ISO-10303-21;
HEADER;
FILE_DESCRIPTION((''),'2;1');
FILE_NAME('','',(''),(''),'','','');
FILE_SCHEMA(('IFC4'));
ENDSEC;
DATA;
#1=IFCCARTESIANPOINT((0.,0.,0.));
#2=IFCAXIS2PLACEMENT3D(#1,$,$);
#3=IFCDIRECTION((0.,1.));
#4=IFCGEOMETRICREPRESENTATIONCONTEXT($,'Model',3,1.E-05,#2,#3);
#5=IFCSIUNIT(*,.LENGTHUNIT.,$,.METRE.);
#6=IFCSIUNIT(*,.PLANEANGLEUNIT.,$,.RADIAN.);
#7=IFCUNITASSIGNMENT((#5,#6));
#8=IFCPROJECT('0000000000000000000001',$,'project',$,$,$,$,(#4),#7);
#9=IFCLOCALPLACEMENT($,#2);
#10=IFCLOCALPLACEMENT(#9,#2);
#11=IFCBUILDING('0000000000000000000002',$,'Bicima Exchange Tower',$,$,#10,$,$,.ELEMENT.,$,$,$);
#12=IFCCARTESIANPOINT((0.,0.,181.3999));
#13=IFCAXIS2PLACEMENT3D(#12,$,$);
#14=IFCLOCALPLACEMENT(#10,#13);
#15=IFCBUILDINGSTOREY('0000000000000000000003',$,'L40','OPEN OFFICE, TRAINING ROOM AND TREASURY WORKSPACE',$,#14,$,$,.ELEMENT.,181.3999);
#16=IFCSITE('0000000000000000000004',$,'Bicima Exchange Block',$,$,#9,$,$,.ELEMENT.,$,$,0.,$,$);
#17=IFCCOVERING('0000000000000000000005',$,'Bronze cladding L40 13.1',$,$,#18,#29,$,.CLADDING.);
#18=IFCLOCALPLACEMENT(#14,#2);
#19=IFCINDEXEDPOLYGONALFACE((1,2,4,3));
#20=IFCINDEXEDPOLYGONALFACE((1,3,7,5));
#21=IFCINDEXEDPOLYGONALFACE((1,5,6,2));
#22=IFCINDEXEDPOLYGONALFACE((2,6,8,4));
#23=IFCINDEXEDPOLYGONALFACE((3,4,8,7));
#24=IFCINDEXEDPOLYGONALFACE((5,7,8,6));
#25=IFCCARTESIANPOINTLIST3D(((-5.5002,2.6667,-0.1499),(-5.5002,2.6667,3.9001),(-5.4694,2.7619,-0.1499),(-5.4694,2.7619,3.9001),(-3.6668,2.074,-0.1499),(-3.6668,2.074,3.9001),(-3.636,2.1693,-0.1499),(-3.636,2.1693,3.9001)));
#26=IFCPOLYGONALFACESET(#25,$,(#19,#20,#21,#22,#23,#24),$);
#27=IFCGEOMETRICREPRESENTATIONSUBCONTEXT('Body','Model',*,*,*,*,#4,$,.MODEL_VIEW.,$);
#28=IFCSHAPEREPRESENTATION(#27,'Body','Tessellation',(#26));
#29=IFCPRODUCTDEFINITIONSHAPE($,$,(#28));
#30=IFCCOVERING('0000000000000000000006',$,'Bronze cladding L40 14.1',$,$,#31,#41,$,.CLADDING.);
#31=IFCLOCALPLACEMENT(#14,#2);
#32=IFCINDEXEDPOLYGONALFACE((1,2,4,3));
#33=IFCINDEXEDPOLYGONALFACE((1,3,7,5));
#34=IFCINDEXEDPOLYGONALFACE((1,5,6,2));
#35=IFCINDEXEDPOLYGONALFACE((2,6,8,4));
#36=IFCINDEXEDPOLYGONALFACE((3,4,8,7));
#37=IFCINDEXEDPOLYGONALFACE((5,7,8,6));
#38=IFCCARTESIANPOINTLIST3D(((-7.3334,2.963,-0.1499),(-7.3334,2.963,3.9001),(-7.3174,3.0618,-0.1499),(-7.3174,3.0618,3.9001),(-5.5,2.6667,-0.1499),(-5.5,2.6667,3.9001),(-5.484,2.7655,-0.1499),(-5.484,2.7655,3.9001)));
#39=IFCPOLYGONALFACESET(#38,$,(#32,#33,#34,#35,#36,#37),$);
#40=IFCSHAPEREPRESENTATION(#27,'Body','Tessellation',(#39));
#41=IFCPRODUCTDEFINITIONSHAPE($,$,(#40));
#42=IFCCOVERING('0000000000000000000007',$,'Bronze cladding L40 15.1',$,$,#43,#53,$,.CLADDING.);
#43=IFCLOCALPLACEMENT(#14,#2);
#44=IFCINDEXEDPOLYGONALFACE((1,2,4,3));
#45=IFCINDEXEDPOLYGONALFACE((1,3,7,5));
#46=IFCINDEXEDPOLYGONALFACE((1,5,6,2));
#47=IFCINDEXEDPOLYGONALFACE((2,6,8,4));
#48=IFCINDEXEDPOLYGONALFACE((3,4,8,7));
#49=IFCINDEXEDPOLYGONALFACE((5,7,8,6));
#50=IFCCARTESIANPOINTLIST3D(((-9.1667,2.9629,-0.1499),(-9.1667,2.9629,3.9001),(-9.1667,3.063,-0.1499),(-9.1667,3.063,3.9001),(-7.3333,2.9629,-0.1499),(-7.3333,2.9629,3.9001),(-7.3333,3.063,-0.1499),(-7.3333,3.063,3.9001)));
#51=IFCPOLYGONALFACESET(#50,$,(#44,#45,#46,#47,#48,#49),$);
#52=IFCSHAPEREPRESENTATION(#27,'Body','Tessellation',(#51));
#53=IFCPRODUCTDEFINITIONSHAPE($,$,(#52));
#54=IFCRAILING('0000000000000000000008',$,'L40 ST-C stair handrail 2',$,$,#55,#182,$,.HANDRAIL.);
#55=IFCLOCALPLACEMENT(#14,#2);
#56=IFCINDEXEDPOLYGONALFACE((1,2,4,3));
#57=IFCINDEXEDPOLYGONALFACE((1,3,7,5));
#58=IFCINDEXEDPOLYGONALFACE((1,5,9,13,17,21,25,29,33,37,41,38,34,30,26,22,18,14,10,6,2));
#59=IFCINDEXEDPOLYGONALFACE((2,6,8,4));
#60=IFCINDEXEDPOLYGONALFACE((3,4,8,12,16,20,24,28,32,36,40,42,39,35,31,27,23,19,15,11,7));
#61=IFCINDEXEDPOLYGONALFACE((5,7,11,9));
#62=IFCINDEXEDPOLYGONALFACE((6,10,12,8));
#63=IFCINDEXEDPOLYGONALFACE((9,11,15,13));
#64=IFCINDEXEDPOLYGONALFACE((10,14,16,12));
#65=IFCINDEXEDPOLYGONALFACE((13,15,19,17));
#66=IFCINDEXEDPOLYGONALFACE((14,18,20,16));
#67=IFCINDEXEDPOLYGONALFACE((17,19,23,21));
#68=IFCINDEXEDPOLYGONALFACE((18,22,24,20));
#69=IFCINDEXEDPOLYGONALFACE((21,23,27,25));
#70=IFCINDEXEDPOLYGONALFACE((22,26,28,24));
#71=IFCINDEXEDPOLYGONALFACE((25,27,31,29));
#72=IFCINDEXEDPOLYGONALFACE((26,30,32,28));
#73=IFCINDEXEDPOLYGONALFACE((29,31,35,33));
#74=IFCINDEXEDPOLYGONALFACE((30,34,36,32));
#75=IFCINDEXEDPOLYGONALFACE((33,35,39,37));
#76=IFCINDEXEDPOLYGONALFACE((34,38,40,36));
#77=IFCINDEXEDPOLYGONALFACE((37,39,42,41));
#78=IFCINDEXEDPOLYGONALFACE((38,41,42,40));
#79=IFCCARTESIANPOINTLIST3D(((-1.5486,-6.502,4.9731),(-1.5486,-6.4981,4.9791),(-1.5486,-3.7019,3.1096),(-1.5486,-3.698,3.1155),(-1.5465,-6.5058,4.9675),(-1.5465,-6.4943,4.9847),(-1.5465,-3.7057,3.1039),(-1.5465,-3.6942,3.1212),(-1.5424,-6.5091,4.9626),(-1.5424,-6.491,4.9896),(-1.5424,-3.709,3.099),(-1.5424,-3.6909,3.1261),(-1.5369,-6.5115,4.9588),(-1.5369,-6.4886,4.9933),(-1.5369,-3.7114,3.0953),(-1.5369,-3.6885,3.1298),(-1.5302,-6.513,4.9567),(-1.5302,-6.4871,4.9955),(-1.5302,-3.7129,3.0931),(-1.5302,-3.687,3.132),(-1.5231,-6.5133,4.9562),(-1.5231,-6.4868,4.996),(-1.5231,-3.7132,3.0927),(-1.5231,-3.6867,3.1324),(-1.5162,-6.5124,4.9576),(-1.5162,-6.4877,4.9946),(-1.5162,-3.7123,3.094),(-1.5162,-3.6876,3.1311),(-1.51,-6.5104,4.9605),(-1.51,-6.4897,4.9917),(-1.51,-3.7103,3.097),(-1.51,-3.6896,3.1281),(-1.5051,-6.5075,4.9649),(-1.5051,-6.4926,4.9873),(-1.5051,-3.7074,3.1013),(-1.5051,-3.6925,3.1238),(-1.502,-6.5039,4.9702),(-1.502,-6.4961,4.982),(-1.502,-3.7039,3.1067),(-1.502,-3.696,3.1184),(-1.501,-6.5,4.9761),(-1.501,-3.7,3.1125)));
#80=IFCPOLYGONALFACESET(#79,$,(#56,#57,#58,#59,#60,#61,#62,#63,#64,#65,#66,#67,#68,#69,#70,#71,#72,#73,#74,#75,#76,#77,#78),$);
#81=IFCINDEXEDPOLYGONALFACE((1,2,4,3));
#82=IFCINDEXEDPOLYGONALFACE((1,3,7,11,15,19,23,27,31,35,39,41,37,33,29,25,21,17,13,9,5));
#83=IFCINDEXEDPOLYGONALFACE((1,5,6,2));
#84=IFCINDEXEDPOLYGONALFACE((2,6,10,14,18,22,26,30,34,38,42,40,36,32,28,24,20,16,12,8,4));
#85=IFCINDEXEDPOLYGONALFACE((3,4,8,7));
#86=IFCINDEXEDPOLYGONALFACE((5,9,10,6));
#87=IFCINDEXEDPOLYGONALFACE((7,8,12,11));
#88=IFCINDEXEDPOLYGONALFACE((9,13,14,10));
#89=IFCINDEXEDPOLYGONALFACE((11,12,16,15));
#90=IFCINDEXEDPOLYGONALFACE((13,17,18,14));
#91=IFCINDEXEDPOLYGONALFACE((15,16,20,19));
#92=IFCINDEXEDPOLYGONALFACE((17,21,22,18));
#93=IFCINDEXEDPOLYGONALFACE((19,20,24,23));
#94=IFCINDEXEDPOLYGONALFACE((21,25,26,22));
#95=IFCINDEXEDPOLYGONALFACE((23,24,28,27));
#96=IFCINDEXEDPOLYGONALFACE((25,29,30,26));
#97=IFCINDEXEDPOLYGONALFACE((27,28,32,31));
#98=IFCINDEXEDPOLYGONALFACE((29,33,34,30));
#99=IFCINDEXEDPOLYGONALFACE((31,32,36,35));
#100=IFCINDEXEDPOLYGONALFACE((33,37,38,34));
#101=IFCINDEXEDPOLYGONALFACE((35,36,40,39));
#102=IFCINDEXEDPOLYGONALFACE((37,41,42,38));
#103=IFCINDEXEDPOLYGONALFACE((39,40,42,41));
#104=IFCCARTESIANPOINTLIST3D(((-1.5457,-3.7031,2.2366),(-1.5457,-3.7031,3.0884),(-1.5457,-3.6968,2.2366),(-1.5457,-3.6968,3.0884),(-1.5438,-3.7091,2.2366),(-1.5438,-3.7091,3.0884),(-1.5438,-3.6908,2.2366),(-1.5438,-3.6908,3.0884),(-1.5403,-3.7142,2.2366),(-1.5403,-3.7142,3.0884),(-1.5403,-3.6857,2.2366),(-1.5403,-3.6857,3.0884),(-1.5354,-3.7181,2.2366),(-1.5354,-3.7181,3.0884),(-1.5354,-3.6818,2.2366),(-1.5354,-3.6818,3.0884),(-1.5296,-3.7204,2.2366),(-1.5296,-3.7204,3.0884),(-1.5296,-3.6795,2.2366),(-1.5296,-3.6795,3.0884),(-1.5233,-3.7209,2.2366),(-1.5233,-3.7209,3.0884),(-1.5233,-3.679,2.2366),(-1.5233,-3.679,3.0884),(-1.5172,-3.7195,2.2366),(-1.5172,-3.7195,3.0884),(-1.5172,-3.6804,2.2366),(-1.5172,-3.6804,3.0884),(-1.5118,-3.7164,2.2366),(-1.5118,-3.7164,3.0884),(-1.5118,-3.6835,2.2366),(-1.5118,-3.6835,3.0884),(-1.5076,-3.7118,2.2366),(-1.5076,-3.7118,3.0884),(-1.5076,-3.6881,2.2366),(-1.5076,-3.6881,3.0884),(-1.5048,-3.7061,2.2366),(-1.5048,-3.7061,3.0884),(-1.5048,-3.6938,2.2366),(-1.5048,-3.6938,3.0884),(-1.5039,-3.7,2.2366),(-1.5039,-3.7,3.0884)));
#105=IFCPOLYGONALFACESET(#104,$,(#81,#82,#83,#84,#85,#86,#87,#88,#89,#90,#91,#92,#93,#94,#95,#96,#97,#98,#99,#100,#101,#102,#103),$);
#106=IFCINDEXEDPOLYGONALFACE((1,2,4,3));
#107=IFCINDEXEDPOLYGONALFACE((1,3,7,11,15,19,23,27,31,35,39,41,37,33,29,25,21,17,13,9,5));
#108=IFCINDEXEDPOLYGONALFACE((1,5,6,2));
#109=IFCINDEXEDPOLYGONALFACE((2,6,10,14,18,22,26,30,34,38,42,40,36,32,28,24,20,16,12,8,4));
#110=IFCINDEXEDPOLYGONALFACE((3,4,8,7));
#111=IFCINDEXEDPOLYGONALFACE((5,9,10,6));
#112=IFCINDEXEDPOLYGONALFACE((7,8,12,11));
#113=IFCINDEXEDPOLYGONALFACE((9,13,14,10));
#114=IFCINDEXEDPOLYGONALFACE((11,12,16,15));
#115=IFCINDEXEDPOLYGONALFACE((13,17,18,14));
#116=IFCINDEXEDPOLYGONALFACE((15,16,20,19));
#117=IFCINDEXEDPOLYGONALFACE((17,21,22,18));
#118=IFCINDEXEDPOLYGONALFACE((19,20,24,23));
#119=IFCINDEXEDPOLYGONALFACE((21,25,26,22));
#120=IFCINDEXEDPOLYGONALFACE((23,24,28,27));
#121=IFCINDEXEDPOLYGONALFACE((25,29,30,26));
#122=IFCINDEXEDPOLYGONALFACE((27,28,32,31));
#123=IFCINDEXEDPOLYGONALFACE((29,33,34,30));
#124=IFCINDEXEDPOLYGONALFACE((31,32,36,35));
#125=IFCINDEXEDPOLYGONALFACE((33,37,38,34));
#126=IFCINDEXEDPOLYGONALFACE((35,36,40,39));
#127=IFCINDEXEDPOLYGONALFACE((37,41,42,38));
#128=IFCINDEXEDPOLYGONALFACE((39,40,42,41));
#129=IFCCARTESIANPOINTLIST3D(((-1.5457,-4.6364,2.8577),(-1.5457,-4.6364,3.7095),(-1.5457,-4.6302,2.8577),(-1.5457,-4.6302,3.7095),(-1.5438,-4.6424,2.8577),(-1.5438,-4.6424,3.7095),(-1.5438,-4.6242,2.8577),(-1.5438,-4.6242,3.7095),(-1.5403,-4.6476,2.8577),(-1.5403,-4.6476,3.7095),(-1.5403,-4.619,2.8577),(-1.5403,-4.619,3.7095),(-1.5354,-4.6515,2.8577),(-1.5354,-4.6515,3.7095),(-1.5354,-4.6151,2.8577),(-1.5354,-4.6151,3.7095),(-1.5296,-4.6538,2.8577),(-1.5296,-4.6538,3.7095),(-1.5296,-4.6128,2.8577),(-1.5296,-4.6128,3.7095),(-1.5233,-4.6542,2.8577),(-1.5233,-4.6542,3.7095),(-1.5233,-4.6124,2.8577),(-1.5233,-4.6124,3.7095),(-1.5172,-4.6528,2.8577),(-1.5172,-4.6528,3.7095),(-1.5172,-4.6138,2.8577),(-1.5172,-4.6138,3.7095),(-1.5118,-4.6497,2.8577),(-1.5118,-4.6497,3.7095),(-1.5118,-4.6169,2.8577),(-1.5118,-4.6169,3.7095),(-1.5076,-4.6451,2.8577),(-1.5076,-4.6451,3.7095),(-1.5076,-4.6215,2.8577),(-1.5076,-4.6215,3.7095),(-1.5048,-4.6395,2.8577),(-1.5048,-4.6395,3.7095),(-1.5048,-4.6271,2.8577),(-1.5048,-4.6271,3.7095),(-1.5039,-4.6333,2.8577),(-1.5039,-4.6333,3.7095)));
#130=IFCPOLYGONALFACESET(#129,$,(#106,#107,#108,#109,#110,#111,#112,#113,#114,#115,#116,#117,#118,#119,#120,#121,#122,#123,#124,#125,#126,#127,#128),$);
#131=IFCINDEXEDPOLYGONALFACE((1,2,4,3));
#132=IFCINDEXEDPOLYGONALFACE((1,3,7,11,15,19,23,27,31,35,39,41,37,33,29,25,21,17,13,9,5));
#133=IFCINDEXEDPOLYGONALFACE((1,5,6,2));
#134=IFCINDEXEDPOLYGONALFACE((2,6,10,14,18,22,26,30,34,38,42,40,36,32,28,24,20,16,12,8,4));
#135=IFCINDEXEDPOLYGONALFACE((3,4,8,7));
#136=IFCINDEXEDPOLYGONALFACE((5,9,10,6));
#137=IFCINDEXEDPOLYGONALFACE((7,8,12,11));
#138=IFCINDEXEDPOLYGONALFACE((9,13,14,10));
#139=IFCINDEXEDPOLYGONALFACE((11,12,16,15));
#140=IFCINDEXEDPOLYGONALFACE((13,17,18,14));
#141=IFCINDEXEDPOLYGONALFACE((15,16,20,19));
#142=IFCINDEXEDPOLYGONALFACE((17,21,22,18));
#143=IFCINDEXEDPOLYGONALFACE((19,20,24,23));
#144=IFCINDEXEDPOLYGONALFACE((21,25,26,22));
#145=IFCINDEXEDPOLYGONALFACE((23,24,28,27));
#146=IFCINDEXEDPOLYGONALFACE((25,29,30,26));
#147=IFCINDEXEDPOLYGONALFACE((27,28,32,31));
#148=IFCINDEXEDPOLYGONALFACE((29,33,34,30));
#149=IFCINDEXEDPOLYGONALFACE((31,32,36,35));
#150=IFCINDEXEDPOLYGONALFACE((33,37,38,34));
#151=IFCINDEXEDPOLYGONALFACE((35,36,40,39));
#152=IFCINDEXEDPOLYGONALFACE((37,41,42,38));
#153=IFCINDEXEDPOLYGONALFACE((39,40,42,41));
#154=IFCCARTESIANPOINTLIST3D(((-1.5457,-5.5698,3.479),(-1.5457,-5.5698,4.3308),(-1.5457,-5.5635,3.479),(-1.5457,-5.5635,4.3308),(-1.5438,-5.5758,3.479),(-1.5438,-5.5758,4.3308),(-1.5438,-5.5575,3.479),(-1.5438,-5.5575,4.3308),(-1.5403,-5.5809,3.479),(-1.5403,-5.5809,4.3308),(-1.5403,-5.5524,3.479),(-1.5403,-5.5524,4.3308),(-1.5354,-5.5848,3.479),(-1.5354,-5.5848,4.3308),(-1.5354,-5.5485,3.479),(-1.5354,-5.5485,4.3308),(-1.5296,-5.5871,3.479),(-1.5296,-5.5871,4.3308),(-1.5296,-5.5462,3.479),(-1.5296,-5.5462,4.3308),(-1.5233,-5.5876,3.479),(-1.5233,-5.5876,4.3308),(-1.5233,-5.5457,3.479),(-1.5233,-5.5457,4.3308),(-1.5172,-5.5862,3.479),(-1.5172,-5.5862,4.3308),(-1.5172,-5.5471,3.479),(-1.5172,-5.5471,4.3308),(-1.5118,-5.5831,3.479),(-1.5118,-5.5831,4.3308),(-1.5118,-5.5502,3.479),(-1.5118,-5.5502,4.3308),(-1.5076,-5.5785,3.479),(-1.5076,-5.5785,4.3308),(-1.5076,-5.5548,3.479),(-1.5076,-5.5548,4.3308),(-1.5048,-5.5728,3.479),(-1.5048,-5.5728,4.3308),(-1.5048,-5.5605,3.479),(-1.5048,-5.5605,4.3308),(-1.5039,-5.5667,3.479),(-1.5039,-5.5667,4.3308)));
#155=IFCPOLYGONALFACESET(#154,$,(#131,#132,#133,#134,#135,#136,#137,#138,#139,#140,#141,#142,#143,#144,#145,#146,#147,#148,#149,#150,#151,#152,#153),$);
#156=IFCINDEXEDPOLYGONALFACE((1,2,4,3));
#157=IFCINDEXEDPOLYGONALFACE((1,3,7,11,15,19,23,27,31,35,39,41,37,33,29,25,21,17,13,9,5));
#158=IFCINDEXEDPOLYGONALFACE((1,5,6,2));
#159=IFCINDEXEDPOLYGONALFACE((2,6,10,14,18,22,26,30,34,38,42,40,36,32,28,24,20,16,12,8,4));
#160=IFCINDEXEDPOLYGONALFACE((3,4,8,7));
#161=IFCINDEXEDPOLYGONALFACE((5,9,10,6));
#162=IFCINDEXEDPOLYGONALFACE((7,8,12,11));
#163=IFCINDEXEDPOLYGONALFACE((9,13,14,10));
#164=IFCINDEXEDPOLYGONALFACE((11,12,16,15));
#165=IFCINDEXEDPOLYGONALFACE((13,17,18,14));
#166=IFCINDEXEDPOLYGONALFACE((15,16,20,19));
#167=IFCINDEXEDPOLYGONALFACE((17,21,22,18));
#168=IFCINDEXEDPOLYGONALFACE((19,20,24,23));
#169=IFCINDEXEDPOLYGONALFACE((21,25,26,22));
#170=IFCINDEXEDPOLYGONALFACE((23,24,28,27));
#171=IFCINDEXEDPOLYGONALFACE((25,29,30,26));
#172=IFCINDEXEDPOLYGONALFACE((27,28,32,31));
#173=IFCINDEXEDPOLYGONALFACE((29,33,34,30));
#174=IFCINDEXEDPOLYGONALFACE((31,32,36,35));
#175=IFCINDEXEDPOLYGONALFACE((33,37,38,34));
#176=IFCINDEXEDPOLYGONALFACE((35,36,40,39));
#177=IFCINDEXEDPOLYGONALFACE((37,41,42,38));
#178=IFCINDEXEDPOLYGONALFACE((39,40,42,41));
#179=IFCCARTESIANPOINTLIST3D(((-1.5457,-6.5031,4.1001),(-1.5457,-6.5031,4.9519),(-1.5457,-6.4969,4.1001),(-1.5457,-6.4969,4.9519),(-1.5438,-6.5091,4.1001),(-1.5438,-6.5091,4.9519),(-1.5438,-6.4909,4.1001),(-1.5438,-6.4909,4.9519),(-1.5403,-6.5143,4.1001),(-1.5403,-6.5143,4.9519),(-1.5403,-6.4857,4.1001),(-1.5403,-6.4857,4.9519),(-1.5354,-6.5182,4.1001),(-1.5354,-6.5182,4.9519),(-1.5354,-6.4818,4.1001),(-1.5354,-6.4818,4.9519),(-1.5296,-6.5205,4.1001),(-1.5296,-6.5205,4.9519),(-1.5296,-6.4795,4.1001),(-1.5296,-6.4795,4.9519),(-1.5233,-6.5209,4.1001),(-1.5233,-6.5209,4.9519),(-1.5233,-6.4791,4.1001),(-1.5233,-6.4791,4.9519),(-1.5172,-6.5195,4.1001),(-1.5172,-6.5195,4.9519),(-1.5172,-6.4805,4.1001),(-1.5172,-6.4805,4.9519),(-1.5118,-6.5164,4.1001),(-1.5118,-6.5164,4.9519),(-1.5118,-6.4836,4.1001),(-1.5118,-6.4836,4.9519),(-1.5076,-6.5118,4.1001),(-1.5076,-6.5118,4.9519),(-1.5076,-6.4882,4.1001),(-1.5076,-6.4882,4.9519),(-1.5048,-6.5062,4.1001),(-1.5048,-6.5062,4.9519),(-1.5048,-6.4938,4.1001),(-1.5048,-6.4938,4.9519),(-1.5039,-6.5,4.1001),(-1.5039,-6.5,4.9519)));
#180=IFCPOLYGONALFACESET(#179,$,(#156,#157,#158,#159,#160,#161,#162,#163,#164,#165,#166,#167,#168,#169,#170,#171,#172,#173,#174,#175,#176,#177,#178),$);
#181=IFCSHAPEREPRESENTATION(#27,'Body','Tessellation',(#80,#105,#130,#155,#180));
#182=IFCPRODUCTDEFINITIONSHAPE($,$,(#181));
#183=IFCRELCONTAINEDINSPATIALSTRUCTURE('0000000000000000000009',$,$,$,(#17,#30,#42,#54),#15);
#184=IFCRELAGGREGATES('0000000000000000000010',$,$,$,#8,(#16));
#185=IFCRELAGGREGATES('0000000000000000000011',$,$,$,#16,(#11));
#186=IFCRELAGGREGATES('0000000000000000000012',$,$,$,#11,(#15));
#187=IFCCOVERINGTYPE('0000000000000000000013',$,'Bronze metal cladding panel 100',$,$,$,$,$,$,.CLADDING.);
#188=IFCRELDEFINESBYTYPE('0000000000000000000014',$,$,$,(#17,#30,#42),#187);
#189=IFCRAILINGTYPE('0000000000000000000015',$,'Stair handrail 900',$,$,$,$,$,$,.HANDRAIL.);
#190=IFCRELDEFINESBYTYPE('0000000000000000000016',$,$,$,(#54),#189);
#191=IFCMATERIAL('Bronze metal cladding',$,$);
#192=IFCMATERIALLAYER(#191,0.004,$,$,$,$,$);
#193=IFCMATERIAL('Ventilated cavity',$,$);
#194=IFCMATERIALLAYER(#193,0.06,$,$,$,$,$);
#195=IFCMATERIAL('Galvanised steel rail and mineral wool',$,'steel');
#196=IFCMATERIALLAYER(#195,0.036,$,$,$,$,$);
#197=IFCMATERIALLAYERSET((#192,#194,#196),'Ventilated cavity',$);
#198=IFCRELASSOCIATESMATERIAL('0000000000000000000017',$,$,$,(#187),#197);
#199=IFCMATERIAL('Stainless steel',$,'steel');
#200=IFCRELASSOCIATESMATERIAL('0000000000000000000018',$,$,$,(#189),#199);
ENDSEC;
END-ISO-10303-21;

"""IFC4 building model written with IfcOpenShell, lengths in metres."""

from ifc_helpers import new_model, si_unit, direction, frame, origin, origin_2d, place, context, subcontext, project, spatial, rectangle, circle, extrude, material, layer, layer_set, type_object, element, save


model = new_model("IFC4")

# Units and contexts
model_context = context("Model", 3, precision=1e-05, world=origin(), true_north=direction((0.0, 1.0)))
body_context = subcontext(model_context, "Body", "Model", "MODEL_VIEW")
ifc_project = project(units=[si_unit("LENGTHUNIT", "METRE"), si_unit("PLANEANGLEUNIT", "RADIAN")], contexts=[model_context])

# Site, building, storey
site_placement = place(None, origin())
site = spatial("IfcSite", under=ifc_project, at=site_placement, Name="Bicima Exchange Block", CompositionType="ELEMENT", RefElevation=0.0)
building_placement = place(site_placement, origin())
building = spatial("IfcBuilding", under=site, at=building_placement, Name="Bicima Exchange Tower", CompositionType="ELEMENT")
storey_placement = place(building_placement, frame((0.0, 0.0, 181.3999)))
storey = spatial("IfcBuildingStorey", under=building, at=storey_placement, Name="L40", Description="OPEN OFFICE, TRAINING ROOM AND TREASURY WORKSPACE", CompositionType="ELEMENT", Elevation=181.3999)

# Coverings
ifc_material_1 = material(Name="Bronze metal cladding")
ifc_layer_1 = layer(ifc_material_1, 0.004)
ifc_material_2 = material(Name="Ventilated cavity")
ifc_layer_2 = layer(ifc_material_2, 0.06)
ifc_material_3 = material(Name="Galvanised steel rail and mineral wool", Category="steel")
ifc_layer_3 = layer(ifc_material_3, 0.036)
ifc_layer_set_1 = layer_set([ifc_layer_1, ifc_layer_2, ifc_layer_3], Name="Ventilated cavity")
covering_type = type_object("IfcCoveringType", Name="Bronze metal cladding panel 100", PredefinedType="CLADDING", material=ifc_layer_set_1)
covering_1_placement = place(storey_placement, frame((-4.5681, 2.418, -0.1499), z_axis=(0.0, 0.0, 1.0), x_axis=(-0.951525, 0.307573, 0.0)))
element("IfcCovering", 1, at=covering_1_placement, inside=storey, type_object=covering_type, Name="Bronze cladding L40 13.1", PredefinedType="CLADDING", context=body_context, shape_type="SweptSolid", body=[
    extrude(rectangle(XDim=1.9268, YDim=0.1001, at=origin_2d()), origin(), (0.0, 0.0, 1.0), 4.05),
])
covering_2_placement = place(storey_placement, frame((-6.4087, 2.8643, -0.1499), z_axis=(0.0, 0.0, 1.0), x_axis=(-0.98719, 0.15955, 0.0)))
element("IfcCovering", 2, at=covering_2_placement, inside=storey, type_object=covering_type, Name="Bronze cladding L40 14.1", PredefinedType="CLADDING", context=body_context, shape_type="SweptSolid", body=[
    extrude(rectangle(XDim=1.8572, YDim=0.1001, at=origin_2d()), origin(), (0.0, 0.0, 1.0), 4.05),
])
covering_3_placement = place(storey_placement, frame((-8.25, 3.0129, -0.1499), z_axis=(0.0, 0.0, 1.0), x_axis=(-1.0, 0.0, 0.0)))
element("IfcCovering", 3, at=covering_3_placement, inside=storey, type_object=covering_type, Name="Bronze cladding L40 15.1", PredefinedType="CLADDING", context=body_context, shape_type="SweptSolid", body=[
    extrude(rectangle(XDim=1.8335, YDim=0.1001, at=origin_2d()), origin(), (0.0, 0.0, 1.0), 4.05),
])

# Railing
ifc_material_4 = material(Name="Stainless steel", Category="steel")
railing_type = type_object("IfcRailingType", Name="Stair handrail 900", PredefinedType="HANDRAIL", material=ifc_material_4)
railing_placement = place(storey_placement, frame((-1.5249, -3.7, 2.2366)))
element("IfcRailing", 4, at=railing_placement, inside=storey, type_object=railing_type, Name="L40 ST-C stair handrail 2", PredefinedType="HANDRAIL", context=body_context, shape_type="SweptSolid", body=[
    extrude(circle(Radius=0.0239, at=origin_2d()), frame((0.0, 0.0, 0.876), z_axis=(0.0, -0.832486, 0.554047), x_axis=(1.0, 0.0, 0.0)), (0.0, 0.0, 1.0), 3.3635),
    extrude(circle(Radius=0.021, at=origin_2d()), origin(), (0.0, 0.0, 1.0), 0.8518),
    extrude(circle(Radius=0.021, at=origin_2d()), frame((0.0, -0.9333, 0.6211)), (0.0, 0.0, 1.0), 0.8518),
    extrude(circle(Radius=0.021, at=origin_2d()), frame((0.0, -1.8667, 1.2424)), (0.0, 0.0, 1.0), 0.8518),
    extrude(circle(Radius=0.021, at=origin_2d()), frame((0.0, -2.8, 1.8635)), (0.0, 0.0, 1.0), 0.8518),
])

save(model, "model.ifc")
